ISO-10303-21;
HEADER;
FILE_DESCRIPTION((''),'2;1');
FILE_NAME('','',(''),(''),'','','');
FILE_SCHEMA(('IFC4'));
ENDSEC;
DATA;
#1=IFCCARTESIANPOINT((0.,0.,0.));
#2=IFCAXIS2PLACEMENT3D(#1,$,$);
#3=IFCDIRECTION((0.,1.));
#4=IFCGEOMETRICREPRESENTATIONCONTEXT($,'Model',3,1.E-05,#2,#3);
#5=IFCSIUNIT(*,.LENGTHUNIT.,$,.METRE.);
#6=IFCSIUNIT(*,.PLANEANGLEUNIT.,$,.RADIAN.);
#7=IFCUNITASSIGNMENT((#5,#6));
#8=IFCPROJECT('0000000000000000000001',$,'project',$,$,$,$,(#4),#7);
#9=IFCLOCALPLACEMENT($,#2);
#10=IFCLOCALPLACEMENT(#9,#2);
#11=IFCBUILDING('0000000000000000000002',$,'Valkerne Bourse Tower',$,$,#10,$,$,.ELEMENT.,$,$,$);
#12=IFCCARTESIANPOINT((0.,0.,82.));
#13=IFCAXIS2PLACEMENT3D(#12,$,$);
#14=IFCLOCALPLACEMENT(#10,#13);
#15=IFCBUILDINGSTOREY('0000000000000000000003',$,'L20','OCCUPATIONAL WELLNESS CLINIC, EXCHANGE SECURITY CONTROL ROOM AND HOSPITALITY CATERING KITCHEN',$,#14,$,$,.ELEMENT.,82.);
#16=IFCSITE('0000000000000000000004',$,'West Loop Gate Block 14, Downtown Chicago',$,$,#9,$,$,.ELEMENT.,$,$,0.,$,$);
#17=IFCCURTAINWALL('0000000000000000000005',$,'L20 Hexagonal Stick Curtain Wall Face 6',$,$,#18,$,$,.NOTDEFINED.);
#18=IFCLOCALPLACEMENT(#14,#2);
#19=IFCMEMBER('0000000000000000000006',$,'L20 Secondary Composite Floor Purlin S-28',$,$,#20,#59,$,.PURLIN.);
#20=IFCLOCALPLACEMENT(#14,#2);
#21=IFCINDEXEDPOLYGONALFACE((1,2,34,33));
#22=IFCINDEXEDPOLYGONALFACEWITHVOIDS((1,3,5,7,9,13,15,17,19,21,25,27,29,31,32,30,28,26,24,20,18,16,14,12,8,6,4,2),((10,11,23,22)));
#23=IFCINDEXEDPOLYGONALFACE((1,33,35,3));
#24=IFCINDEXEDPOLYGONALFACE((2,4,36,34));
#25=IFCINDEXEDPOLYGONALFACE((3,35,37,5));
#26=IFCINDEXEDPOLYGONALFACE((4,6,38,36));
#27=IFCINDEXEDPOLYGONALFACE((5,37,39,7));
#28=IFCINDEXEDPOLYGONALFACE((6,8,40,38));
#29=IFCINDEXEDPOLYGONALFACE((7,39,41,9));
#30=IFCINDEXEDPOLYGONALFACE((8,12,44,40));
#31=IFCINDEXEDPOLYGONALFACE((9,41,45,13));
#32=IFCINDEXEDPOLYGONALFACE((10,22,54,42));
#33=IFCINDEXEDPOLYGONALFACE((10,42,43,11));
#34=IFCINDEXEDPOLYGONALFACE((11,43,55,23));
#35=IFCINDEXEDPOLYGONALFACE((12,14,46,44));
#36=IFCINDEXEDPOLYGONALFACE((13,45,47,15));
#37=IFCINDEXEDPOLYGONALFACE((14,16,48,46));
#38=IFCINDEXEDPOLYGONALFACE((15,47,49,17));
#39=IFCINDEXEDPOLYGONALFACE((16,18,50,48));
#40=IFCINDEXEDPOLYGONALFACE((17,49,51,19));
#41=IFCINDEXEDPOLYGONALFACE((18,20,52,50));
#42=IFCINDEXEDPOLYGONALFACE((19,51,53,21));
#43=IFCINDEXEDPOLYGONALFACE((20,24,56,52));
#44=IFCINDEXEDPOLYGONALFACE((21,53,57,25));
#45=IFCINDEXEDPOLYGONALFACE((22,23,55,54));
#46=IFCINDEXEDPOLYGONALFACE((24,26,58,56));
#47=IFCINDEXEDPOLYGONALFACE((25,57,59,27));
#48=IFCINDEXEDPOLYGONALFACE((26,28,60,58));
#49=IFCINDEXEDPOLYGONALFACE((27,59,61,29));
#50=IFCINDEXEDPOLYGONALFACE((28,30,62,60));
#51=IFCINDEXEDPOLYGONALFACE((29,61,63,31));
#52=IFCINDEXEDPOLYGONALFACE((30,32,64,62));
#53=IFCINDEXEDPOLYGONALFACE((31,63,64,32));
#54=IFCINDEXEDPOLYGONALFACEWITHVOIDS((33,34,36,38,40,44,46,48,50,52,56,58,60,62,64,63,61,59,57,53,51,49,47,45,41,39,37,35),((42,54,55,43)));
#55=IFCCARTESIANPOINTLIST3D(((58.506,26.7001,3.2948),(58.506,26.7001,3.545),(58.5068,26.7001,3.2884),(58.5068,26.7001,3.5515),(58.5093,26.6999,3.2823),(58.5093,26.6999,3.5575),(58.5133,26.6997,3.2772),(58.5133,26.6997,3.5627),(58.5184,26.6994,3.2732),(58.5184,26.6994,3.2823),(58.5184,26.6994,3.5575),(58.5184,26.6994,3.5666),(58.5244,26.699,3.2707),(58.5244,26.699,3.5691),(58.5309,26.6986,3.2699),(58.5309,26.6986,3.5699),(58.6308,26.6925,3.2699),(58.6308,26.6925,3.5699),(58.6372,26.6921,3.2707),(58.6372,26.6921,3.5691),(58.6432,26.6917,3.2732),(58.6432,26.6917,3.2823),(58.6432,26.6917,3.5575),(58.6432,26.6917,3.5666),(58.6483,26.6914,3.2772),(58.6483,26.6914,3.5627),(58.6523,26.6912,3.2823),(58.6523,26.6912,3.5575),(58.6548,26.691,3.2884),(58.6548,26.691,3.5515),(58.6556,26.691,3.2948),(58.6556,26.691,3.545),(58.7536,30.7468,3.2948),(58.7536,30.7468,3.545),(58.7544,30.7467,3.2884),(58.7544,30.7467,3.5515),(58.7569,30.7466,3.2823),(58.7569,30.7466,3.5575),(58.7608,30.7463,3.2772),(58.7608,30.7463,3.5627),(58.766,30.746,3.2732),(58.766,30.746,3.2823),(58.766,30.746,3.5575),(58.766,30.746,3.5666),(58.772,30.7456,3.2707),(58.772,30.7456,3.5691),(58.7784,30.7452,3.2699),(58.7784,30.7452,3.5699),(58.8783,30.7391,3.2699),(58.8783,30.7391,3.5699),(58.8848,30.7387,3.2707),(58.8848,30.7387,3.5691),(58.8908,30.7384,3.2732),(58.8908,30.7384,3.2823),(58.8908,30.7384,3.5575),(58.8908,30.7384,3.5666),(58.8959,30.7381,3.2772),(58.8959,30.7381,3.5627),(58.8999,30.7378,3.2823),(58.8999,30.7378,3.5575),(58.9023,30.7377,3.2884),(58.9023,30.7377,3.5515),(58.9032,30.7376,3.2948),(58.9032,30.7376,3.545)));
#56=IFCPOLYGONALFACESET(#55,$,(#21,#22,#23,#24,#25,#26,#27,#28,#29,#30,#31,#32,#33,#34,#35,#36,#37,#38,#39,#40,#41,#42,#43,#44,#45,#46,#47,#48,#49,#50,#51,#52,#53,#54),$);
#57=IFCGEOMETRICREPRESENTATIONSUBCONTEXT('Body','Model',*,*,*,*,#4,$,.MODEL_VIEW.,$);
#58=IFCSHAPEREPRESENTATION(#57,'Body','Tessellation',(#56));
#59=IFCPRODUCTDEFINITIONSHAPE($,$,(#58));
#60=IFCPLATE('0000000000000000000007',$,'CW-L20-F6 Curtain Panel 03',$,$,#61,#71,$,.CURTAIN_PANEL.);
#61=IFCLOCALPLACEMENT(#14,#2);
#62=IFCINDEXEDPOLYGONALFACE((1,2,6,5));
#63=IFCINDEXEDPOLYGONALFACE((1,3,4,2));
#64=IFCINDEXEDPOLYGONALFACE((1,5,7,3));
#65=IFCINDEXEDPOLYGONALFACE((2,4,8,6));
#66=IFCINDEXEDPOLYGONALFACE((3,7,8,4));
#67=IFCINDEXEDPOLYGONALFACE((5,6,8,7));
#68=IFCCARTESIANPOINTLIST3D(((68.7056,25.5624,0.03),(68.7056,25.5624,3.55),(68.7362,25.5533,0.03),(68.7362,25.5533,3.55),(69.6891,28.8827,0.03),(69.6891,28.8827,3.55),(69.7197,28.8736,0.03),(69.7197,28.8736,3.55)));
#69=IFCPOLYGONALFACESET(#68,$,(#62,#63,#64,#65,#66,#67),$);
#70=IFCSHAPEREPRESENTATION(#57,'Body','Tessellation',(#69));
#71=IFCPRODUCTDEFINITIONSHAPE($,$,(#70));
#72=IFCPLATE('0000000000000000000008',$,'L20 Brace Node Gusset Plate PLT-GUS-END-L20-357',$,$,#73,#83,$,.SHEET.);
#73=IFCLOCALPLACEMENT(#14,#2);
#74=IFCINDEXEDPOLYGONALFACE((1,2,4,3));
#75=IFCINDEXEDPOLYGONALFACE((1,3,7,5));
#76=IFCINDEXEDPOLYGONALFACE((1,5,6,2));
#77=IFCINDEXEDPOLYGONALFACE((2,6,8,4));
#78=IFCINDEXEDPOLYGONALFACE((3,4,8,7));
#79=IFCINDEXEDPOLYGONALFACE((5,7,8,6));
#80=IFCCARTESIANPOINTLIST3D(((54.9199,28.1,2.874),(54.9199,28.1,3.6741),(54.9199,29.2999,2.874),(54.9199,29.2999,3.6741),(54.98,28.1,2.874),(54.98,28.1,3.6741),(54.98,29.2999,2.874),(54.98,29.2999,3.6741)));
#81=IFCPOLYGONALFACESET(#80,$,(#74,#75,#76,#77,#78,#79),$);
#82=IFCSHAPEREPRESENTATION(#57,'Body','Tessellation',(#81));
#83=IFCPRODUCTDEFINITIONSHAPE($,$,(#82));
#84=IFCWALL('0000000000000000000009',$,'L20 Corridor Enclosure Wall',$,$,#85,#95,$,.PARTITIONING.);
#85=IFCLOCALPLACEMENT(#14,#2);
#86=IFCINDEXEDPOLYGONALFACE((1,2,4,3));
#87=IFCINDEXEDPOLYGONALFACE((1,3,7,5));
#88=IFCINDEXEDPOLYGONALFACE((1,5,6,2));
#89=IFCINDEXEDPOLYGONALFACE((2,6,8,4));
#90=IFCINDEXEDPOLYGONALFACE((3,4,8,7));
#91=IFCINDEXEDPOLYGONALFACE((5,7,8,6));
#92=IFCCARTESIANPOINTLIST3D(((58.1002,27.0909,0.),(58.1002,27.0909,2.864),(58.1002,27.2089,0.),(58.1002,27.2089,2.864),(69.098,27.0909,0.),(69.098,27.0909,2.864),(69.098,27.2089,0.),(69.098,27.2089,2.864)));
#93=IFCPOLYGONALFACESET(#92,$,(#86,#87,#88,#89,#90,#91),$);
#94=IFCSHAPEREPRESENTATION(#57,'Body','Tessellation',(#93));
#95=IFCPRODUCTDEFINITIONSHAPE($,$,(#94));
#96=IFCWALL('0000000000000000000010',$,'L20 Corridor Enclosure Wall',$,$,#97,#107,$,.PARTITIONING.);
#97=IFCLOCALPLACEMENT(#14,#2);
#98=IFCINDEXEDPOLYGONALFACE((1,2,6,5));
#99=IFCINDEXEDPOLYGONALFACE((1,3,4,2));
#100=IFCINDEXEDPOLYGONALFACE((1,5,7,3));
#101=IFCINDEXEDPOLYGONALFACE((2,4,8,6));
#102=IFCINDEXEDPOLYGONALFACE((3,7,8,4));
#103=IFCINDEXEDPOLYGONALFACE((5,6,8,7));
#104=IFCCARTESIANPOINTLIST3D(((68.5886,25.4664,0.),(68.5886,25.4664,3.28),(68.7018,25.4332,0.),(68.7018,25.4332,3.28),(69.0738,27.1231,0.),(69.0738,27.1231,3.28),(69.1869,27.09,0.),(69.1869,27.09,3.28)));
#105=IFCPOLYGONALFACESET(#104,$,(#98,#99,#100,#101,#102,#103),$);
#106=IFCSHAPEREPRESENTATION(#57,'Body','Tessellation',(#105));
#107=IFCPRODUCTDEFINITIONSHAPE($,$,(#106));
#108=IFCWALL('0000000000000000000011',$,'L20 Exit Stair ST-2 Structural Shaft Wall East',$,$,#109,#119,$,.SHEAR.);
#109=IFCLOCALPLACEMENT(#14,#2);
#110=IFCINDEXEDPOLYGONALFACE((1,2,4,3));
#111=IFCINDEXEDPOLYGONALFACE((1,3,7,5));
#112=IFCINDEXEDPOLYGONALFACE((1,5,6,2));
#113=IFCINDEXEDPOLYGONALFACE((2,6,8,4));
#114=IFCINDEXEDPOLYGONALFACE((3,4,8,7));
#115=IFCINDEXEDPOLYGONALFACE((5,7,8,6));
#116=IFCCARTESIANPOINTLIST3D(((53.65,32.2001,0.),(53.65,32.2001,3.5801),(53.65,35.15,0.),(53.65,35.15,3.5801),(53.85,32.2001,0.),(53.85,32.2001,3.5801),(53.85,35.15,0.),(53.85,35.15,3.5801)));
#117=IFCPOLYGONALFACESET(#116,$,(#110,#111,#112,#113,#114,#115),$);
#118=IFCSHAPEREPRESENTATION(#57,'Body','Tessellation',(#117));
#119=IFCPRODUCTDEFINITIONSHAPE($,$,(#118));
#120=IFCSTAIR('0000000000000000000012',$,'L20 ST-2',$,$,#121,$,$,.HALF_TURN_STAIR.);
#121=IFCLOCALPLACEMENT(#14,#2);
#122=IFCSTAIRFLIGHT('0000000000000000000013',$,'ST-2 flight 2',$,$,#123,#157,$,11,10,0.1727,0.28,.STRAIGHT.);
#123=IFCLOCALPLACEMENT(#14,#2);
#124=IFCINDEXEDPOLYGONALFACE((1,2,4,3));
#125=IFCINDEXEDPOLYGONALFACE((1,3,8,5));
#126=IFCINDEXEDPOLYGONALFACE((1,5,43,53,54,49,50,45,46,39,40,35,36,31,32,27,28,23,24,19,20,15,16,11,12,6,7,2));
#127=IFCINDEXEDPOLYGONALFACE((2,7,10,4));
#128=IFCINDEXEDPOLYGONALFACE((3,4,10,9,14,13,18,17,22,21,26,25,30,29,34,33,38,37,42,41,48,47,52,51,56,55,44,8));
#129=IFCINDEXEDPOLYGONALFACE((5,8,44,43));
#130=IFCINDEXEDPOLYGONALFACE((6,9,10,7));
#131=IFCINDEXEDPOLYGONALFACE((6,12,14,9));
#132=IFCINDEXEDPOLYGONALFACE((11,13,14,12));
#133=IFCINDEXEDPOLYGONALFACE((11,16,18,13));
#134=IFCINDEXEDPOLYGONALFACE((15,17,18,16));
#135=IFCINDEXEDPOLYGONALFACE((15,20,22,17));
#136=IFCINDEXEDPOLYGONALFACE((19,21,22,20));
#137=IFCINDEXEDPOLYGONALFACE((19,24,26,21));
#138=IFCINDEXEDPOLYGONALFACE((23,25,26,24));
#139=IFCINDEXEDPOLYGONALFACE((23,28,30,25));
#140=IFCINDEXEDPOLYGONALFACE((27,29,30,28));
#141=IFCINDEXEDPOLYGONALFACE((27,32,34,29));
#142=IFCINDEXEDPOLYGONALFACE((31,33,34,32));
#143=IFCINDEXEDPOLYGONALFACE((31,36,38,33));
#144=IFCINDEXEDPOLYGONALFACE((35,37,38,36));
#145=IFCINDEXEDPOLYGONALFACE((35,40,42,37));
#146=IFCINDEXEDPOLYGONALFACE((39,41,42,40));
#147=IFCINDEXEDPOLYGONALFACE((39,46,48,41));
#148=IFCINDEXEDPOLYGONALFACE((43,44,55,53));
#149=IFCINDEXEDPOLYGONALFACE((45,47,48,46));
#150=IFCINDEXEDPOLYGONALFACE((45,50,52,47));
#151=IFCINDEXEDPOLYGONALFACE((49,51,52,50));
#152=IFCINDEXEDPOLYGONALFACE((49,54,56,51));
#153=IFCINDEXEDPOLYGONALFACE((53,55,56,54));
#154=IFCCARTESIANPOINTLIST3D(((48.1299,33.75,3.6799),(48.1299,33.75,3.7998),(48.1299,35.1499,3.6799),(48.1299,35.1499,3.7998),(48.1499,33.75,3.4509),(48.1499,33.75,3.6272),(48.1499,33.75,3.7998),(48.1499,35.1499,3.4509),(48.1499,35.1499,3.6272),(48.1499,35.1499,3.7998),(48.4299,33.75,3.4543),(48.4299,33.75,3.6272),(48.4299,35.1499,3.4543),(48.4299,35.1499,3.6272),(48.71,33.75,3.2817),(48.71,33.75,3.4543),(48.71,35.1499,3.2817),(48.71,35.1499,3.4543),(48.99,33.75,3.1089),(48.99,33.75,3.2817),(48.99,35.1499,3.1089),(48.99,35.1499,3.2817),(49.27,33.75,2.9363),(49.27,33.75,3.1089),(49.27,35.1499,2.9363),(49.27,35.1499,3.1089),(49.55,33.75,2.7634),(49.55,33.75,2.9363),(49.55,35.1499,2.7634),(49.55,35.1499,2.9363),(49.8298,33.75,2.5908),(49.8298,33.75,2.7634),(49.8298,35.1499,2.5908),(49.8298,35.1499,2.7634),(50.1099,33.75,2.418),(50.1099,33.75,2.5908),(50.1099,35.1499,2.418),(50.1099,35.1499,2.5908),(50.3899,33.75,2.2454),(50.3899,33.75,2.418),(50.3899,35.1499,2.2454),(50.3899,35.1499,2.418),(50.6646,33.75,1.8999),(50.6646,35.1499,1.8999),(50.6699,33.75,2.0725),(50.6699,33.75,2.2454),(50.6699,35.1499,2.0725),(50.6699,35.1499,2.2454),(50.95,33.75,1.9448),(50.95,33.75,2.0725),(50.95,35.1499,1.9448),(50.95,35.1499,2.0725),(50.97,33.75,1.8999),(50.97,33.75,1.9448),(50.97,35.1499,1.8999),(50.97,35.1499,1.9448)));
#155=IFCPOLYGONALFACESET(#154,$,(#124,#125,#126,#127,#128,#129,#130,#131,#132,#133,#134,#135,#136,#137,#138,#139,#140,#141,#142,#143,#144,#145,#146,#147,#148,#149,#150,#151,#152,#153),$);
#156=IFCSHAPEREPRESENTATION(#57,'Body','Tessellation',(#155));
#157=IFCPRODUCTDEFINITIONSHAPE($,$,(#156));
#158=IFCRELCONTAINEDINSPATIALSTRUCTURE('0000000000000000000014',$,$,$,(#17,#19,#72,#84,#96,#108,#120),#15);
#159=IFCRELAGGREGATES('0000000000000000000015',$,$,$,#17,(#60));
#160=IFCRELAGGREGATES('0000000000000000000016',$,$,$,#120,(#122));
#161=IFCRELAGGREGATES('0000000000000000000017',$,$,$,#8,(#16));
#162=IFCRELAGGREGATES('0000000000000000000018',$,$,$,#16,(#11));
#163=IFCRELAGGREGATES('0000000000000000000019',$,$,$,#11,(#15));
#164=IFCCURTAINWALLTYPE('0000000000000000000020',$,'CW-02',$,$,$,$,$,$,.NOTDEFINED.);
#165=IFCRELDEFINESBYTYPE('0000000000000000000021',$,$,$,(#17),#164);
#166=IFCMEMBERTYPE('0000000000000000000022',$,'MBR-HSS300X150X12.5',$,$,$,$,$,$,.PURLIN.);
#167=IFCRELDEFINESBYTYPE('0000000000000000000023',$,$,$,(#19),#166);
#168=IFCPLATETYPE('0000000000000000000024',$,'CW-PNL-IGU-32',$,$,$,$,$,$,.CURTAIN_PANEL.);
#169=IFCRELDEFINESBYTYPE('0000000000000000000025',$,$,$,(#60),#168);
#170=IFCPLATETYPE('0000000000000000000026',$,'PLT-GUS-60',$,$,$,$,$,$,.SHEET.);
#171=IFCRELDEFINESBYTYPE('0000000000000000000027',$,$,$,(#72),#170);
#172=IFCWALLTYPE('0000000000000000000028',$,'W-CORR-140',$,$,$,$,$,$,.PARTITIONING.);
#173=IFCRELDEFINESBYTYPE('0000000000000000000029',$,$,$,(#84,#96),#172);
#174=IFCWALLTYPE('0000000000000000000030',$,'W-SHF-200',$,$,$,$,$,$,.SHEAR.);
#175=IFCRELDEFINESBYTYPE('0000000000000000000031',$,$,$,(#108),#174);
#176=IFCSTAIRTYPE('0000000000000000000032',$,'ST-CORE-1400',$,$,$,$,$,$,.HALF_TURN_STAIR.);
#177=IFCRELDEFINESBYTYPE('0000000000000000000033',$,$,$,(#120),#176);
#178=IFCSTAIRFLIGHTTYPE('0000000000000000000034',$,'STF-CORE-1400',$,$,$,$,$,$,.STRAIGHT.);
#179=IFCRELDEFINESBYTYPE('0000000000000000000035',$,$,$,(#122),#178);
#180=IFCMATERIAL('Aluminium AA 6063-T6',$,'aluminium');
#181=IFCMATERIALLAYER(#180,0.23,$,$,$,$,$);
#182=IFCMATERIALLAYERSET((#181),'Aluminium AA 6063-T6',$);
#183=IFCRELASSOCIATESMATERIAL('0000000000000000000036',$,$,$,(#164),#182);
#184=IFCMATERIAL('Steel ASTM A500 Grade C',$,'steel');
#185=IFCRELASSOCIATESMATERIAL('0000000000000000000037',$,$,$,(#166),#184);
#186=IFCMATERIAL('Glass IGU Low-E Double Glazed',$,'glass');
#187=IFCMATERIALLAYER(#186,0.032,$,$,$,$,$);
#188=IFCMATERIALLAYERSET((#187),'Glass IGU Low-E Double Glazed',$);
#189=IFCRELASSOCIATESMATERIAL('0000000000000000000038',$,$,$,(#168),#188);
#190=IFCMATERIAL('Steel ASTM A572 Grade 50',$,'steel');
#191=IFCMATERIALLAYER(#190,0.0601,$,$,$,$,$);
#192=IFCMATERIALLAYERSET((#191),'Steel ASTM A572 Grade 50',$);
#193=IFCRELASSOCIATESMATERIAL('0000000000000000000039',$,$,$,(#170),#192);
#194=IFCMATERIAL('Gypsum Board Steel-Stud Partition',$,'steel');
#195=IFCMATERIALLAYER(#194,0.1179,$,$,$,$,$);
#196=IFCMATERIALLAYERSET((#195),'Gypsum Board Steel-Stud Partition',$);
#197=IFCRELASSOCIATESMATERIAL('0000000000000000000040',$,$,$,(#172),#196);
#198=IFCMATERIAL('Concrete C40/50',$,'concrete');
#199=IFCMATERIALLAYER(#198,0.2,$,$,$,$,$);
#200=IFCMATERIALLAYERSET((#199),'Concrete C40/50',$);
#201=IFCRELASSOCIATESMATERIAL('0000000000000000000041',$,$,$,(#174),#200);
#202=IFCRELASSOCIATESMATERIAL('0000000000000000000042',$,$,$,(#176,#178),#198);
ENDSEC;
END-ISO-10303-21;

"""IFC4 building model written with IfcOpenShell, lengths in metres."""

from ifc_helpers import new_model, si_unit, direction, frame, frame_2d, origin, origin_2d, place, context, subcontext, project, spatial, polyline, rectangle, hollow_rectangle, outline, extrude, material, layer, layer_set, material_profile, profile_set, type_object, element, aggregate, save


model = new_model("IFC4")

# Units and contexts
model_context = context("Model", 3, precision=1e-05, world=origin(), true_north=direction((0.0, 1.0)))
body_context = subcontext(model_context, "Body", "Model", "MODEL_VIEW")
ifc_project = project(units=[si_unit("LENGTHUNIT", "METRE"), si_unit("PLANEANGLEUNIT", "RADIAN")], contexts=[model_context])

# Site, building, storey
site_placement = place(None, origin())
site = spatial("IfcSite", under=ifc_project, at=site_placement, Name="West Loop Gate Block 14, Downtown Chicago", CompositionType="ELEMENT", RefElevation=0.0)
building_placement = place(site_placement, origin())
building = spatial("IfcBuilding", under=site, at=building_placement, Name="Valkerne Bourse Tower", CompositionType="ELEMENT")
storey_placement = place(building_placement, frame((0.0, 0.0, 82.0)))
storey = spatial("IfcBuildingStorey", under=building, at=storey_placement, Name="L20", Description="OCCUPATIONAL WELLNESS CLINIC, EXCHANGE SECURITY CONTROL ROOM AND HOSPITALITY CATERING KITCHEN", CompositionType="ELEMENT", Elevation=82.0)

# Curtain wall
ifc_material_1 = material(Name="Aluminium AA 6063-T6", Category="aluminium")
ifc_layer_1 = layer(ifc_material_1, 0.23)
ifc_layer_set_1 = layer_set([ifc_layer_1], Name="Aluminium AA 6063-T6")
curtain_wall_type = type_object("IfcCurtainWallType", Name="CW-02", PredefinedType="NOTDEFINED", material=ifc_layer_set_1)
curtain_wall_placement = place(storey_placement, origin())
curtain_wall = element("IfcCurtainWall", 1, at=curtain_wall_placement, inside=storey, type_object=curtain_wall_type, Name="L20 Hexagonal Stick Curtain Wall Face 6", PredefinedType="NOTDEFINED")

# Member
ifc_material_2 = material(Name="Steel ASTM A500 Grade C", Category="steel")
ifc_material_profile_1 = material_profile(ifc_material_2, hollow_rectangle(XDim=0.1499, YDim=0.3, WallThickness=0.0125, OuterFilletRadius=0.0249, at=origin_2d()), Name="HSS300X150X12.5")
ifc_profile_set_1 = profile_set([ifc_material_profile_1], Name="Steel ASTM A500 Grade C")
member_type_1 = type_object("IfcMemberType", Name="MBR-HSS300X150X12.5", PredefinedType="PURLIN", material=ifc_profile_set_1)
member_1_placement = place(storey_placement, frame((58.5808, 26.6956, 3.4199), z_axis=(0.061062, 0.998134, 0.0), x_axis=(-0.998134, 0.061062, 0.0)))
element("IfcMember", 2, at=member_1_placement, inside=storey, type_object=member_type_1, Name="L20 Secondary Composite Floor Purlin S-28", PredefinedType="PURLIN", context=body_context, shape_type="SweptSolid", body=[
    extrude(hollow_rectangle(XDim=0.1499, YDim=0.3, WallThickness=0.0125, OuterFilletRadius=0.0249, at=origin_2d()), origin(), (0.0, 0.0, 1.0), 4.0542),
])

# Plates
ifc_material_3 = material(Name="Glass IGU Low-E Double Glazed", Category="glass")
ifc_layer_2 = layer(ifc_material_3, 0.032)
ifc_layer_set_2 = layer_set([ifc_layer_2], Name="Glass IGU Low-E Double Glazed")
plate_type_1 = type_object("IfcPlateType", Name="CW-PNL-IGU-32", PredefinedType="CURTAIN_PANEL", material=ifc_layer_set_2)
plate_1_placement = place(storey_placement, frame((69.2126, 27.218, 0.03), z_axis=(0.0, 0.0, 1.0), x_axis=(0.284008, 0.958822, 0.0)))
plate_1 = element("IfcPlate", 3, at=plate_1_placement, type_object=plate_type_1, Name="CW-L20-F6 Curtain Panel 03", PredefinedType="CURTAIN_PANEL", context=body_context, shape_type="SweptSolid", body=[
    extrude(rectangle(XDim=3.4629, YDim=0.032, at=origin_2d()), origin(), (0.0, 0.0, 1.0), 3.52),
])
aggregate(curtain_wall, [plate_1])
ifc_material_4 = material(Name="Steel ASTM A572 Grade 50", Category="steel")
ifc_layer_3 = layer(ifc_material_4, 0.0601)
ifc_layer_set_3 = layer_set([ifc_layer_3], Name="Steel ASTM A572 Grade 50")
plate_type_2 = type_object("IfcPlateType", Name="PLT-GUS-60", PredefinedType="SHEET", material=ifc_layer_set_3)
plate_2_placement = place(storey_placement, frame((54.95, 28.7, 2.874), z_axis=(0.0, 0.0, 1.0), x_axis=(0.0, 1.0, 0.0)))
element("IfcPlate", 4, at=plate_2_placement, inside=storey, type_object=plate_type_2, Name="L20 Brace Node Gusset Plate PLT-GUS-END-L20-357", PredefinedType="SHEET", context=body_context, shape_type="SweptSolid", body=[
    extrude(rectangle(XDim=1.2, YDim=0.0601, at=origin_2d()), origin(), (0.0, 0.0, 1.0), 0.8),
])

# Walls
ifc_material_5 = material(Name="Gypsum Board Steel-Stud Partition", Category="steel")
ifc_layer_4 = layer(ifc_material_5, 0.1179)
ifc_layer_set_4 = layer_set([ifc_layer_4], Name="Gypsum Board Steel-Stud Partition")
wall_type_1 = type_object("IfcWallType", Name="W-CORR-140", PredefinedType="PARTITIONING", material=ifc_layer_set_4)
wall_1_placement = place(storey_placement, frame((58.1001, 27.1499, 0.0), z_axis=(0.0, 0.0, 1.0), x_axis=(1.0, 0.0, 0.0)))
element("IfcWall", 5, at=wall_1_placement, inside=storey, type_object=wall_type_1, Name="L20 Corridor Enclosure Wall", PredefinedType="PARTITIONING", context=body_context, shape_type="SweptSolid", body=[
    extrude(rectangle(XDim=10.9978, YDim=0.1179, at=frame_2d((5.499, 0.0))), origin(), (0.0, 0.0, 1.0), 2.864),
])
wall_2_placement = place(storey_placement, frame((69.1304, 27.1067, 0.0), z_axis=(0.0, 0.0, 1.0), x_axis=(-0.28101, -0.959705, 0.0)))
element("IfcWall", 6, at=wall_2_placement, inside=storey, type_object=wall_type_1, Name="L20 Corridor Enclosure Wall", PredefinedType="PARTITIONING", context=body_context, shape_type="SweptSolid", body=[
    extrude(rectangle(XDim=1.7263, YDim=0.1179, at=frame_2d((0.8633, 0.0))), origin(), (0.0, 0.0, 1.0), 3.28),
])
ifc_material_6 = material(Name="Concrete C40/50", Category="concrete")
ifc_layer_5 = layer(ifc_material_6, 0.2)
ifc_layer_set_5 = layer_set([ifc_layer_5], Name="Concrete C40/50")
wall_type_2 = type_object("IfcWallType", Name="W-SHF-200", PredefinedType="SHEAR", material=ifc_layer_set_5)
wall_3_placement = place(storey_placement, frame((53.75, 32.2, 0.0), z_axis=(0.0, 0.0, 1.0), x_axis=(0.0, 1.0, 0.0)))
element("IfcWall", 7, at=wall_3_placement, inside=storey, type_object=wall_type_2, Name="L20 Exit Stair ST-2 Structural Shaft Wall East", PredefinedType="SHEAR", context=body_context, shape_type="SweptSolid", body=[
    extrude(rectangle(XDim=2.95, YDim=0.2, at=frame_2d((1.4751, 0.0))), origin(), (0.0, 0.0, 1.0), 3.5801),
])

# Stair, stair flight
stair_type = type_object("IfcStairType", Name="ST-CORE-1400", PredefinedType="HALF_TURN_STAIR", material=ifc_material_6)
stair_placement = place(storey_placement, origin())
stair = element("IfcStair", 8, at=stair_placement, inside=storey, type_object=stair_type, Name="L20 ST-2", PredefinedType="HALF_TURN_STAIR")
stair_flight_type = type_object("IfcStairFlightType", Name="STF-CORE-1400", PredefinedType="STRAIGHT", material=ifc_material_6)
stair_flight_placement = place(storey_placement, frame((50.95, 34.45, 1.8999), z_axis=(0.0, 0.0, 1.0), x_axis=(-1.0, 0.0, 0.0)))
stair_flight = element("IfcStairFlight", 9, at=stair_flight_placement, type_object=stair_flight_type, Name="ST-2 flight 2", NumberOfRisers=11, NumberOfTreads=10, PredefinedType="STRAIGHT", RiserHeight=0.1727, TreadLength=0.28, context=body_context, shape_type="SweptSolid", body=[
    extrude(outline(polyline([(-0.02, 0.0), (-0.02, 0.0449), (0.0, 0.0449), (0.0, 0.1726), (0.28, 0.1726), (0.28, 0.3455), (0.5601, 0.3455), (0.5601, 0.5181), (0.8401, 0.5181), (0.8401, 0.6909), (1.1201, 0.6909), (1.1201, 0.8635), (1.3999, 0.8635), (1.3999, 1.0364), (1.6799, 1.0364), (1.6799, 1.209), (1.96, 1.209), (1.96, 1.3818), (2.24, 1.3818), (2.24, 1.5544), (2.52, 1.5544), (2.52, 1.7273), (2.8, 1.7273), (2.8, 1.8999), (2.8201, 1.8999), (2.8201, 1.78), (2.8, 1.551), (0.2854, 0.0), (-0.02, 0.0)])), frame((0.0, 0.7, 0.0), z_axis=(0.0, -1.0, 0.0), x_axis=(1.0, 0.0, 0.0)), (0.0, 0.0, 1.0), 1.3999),
])
aggregate(stair, [stair_flight])

save(model, "model.ifc")
